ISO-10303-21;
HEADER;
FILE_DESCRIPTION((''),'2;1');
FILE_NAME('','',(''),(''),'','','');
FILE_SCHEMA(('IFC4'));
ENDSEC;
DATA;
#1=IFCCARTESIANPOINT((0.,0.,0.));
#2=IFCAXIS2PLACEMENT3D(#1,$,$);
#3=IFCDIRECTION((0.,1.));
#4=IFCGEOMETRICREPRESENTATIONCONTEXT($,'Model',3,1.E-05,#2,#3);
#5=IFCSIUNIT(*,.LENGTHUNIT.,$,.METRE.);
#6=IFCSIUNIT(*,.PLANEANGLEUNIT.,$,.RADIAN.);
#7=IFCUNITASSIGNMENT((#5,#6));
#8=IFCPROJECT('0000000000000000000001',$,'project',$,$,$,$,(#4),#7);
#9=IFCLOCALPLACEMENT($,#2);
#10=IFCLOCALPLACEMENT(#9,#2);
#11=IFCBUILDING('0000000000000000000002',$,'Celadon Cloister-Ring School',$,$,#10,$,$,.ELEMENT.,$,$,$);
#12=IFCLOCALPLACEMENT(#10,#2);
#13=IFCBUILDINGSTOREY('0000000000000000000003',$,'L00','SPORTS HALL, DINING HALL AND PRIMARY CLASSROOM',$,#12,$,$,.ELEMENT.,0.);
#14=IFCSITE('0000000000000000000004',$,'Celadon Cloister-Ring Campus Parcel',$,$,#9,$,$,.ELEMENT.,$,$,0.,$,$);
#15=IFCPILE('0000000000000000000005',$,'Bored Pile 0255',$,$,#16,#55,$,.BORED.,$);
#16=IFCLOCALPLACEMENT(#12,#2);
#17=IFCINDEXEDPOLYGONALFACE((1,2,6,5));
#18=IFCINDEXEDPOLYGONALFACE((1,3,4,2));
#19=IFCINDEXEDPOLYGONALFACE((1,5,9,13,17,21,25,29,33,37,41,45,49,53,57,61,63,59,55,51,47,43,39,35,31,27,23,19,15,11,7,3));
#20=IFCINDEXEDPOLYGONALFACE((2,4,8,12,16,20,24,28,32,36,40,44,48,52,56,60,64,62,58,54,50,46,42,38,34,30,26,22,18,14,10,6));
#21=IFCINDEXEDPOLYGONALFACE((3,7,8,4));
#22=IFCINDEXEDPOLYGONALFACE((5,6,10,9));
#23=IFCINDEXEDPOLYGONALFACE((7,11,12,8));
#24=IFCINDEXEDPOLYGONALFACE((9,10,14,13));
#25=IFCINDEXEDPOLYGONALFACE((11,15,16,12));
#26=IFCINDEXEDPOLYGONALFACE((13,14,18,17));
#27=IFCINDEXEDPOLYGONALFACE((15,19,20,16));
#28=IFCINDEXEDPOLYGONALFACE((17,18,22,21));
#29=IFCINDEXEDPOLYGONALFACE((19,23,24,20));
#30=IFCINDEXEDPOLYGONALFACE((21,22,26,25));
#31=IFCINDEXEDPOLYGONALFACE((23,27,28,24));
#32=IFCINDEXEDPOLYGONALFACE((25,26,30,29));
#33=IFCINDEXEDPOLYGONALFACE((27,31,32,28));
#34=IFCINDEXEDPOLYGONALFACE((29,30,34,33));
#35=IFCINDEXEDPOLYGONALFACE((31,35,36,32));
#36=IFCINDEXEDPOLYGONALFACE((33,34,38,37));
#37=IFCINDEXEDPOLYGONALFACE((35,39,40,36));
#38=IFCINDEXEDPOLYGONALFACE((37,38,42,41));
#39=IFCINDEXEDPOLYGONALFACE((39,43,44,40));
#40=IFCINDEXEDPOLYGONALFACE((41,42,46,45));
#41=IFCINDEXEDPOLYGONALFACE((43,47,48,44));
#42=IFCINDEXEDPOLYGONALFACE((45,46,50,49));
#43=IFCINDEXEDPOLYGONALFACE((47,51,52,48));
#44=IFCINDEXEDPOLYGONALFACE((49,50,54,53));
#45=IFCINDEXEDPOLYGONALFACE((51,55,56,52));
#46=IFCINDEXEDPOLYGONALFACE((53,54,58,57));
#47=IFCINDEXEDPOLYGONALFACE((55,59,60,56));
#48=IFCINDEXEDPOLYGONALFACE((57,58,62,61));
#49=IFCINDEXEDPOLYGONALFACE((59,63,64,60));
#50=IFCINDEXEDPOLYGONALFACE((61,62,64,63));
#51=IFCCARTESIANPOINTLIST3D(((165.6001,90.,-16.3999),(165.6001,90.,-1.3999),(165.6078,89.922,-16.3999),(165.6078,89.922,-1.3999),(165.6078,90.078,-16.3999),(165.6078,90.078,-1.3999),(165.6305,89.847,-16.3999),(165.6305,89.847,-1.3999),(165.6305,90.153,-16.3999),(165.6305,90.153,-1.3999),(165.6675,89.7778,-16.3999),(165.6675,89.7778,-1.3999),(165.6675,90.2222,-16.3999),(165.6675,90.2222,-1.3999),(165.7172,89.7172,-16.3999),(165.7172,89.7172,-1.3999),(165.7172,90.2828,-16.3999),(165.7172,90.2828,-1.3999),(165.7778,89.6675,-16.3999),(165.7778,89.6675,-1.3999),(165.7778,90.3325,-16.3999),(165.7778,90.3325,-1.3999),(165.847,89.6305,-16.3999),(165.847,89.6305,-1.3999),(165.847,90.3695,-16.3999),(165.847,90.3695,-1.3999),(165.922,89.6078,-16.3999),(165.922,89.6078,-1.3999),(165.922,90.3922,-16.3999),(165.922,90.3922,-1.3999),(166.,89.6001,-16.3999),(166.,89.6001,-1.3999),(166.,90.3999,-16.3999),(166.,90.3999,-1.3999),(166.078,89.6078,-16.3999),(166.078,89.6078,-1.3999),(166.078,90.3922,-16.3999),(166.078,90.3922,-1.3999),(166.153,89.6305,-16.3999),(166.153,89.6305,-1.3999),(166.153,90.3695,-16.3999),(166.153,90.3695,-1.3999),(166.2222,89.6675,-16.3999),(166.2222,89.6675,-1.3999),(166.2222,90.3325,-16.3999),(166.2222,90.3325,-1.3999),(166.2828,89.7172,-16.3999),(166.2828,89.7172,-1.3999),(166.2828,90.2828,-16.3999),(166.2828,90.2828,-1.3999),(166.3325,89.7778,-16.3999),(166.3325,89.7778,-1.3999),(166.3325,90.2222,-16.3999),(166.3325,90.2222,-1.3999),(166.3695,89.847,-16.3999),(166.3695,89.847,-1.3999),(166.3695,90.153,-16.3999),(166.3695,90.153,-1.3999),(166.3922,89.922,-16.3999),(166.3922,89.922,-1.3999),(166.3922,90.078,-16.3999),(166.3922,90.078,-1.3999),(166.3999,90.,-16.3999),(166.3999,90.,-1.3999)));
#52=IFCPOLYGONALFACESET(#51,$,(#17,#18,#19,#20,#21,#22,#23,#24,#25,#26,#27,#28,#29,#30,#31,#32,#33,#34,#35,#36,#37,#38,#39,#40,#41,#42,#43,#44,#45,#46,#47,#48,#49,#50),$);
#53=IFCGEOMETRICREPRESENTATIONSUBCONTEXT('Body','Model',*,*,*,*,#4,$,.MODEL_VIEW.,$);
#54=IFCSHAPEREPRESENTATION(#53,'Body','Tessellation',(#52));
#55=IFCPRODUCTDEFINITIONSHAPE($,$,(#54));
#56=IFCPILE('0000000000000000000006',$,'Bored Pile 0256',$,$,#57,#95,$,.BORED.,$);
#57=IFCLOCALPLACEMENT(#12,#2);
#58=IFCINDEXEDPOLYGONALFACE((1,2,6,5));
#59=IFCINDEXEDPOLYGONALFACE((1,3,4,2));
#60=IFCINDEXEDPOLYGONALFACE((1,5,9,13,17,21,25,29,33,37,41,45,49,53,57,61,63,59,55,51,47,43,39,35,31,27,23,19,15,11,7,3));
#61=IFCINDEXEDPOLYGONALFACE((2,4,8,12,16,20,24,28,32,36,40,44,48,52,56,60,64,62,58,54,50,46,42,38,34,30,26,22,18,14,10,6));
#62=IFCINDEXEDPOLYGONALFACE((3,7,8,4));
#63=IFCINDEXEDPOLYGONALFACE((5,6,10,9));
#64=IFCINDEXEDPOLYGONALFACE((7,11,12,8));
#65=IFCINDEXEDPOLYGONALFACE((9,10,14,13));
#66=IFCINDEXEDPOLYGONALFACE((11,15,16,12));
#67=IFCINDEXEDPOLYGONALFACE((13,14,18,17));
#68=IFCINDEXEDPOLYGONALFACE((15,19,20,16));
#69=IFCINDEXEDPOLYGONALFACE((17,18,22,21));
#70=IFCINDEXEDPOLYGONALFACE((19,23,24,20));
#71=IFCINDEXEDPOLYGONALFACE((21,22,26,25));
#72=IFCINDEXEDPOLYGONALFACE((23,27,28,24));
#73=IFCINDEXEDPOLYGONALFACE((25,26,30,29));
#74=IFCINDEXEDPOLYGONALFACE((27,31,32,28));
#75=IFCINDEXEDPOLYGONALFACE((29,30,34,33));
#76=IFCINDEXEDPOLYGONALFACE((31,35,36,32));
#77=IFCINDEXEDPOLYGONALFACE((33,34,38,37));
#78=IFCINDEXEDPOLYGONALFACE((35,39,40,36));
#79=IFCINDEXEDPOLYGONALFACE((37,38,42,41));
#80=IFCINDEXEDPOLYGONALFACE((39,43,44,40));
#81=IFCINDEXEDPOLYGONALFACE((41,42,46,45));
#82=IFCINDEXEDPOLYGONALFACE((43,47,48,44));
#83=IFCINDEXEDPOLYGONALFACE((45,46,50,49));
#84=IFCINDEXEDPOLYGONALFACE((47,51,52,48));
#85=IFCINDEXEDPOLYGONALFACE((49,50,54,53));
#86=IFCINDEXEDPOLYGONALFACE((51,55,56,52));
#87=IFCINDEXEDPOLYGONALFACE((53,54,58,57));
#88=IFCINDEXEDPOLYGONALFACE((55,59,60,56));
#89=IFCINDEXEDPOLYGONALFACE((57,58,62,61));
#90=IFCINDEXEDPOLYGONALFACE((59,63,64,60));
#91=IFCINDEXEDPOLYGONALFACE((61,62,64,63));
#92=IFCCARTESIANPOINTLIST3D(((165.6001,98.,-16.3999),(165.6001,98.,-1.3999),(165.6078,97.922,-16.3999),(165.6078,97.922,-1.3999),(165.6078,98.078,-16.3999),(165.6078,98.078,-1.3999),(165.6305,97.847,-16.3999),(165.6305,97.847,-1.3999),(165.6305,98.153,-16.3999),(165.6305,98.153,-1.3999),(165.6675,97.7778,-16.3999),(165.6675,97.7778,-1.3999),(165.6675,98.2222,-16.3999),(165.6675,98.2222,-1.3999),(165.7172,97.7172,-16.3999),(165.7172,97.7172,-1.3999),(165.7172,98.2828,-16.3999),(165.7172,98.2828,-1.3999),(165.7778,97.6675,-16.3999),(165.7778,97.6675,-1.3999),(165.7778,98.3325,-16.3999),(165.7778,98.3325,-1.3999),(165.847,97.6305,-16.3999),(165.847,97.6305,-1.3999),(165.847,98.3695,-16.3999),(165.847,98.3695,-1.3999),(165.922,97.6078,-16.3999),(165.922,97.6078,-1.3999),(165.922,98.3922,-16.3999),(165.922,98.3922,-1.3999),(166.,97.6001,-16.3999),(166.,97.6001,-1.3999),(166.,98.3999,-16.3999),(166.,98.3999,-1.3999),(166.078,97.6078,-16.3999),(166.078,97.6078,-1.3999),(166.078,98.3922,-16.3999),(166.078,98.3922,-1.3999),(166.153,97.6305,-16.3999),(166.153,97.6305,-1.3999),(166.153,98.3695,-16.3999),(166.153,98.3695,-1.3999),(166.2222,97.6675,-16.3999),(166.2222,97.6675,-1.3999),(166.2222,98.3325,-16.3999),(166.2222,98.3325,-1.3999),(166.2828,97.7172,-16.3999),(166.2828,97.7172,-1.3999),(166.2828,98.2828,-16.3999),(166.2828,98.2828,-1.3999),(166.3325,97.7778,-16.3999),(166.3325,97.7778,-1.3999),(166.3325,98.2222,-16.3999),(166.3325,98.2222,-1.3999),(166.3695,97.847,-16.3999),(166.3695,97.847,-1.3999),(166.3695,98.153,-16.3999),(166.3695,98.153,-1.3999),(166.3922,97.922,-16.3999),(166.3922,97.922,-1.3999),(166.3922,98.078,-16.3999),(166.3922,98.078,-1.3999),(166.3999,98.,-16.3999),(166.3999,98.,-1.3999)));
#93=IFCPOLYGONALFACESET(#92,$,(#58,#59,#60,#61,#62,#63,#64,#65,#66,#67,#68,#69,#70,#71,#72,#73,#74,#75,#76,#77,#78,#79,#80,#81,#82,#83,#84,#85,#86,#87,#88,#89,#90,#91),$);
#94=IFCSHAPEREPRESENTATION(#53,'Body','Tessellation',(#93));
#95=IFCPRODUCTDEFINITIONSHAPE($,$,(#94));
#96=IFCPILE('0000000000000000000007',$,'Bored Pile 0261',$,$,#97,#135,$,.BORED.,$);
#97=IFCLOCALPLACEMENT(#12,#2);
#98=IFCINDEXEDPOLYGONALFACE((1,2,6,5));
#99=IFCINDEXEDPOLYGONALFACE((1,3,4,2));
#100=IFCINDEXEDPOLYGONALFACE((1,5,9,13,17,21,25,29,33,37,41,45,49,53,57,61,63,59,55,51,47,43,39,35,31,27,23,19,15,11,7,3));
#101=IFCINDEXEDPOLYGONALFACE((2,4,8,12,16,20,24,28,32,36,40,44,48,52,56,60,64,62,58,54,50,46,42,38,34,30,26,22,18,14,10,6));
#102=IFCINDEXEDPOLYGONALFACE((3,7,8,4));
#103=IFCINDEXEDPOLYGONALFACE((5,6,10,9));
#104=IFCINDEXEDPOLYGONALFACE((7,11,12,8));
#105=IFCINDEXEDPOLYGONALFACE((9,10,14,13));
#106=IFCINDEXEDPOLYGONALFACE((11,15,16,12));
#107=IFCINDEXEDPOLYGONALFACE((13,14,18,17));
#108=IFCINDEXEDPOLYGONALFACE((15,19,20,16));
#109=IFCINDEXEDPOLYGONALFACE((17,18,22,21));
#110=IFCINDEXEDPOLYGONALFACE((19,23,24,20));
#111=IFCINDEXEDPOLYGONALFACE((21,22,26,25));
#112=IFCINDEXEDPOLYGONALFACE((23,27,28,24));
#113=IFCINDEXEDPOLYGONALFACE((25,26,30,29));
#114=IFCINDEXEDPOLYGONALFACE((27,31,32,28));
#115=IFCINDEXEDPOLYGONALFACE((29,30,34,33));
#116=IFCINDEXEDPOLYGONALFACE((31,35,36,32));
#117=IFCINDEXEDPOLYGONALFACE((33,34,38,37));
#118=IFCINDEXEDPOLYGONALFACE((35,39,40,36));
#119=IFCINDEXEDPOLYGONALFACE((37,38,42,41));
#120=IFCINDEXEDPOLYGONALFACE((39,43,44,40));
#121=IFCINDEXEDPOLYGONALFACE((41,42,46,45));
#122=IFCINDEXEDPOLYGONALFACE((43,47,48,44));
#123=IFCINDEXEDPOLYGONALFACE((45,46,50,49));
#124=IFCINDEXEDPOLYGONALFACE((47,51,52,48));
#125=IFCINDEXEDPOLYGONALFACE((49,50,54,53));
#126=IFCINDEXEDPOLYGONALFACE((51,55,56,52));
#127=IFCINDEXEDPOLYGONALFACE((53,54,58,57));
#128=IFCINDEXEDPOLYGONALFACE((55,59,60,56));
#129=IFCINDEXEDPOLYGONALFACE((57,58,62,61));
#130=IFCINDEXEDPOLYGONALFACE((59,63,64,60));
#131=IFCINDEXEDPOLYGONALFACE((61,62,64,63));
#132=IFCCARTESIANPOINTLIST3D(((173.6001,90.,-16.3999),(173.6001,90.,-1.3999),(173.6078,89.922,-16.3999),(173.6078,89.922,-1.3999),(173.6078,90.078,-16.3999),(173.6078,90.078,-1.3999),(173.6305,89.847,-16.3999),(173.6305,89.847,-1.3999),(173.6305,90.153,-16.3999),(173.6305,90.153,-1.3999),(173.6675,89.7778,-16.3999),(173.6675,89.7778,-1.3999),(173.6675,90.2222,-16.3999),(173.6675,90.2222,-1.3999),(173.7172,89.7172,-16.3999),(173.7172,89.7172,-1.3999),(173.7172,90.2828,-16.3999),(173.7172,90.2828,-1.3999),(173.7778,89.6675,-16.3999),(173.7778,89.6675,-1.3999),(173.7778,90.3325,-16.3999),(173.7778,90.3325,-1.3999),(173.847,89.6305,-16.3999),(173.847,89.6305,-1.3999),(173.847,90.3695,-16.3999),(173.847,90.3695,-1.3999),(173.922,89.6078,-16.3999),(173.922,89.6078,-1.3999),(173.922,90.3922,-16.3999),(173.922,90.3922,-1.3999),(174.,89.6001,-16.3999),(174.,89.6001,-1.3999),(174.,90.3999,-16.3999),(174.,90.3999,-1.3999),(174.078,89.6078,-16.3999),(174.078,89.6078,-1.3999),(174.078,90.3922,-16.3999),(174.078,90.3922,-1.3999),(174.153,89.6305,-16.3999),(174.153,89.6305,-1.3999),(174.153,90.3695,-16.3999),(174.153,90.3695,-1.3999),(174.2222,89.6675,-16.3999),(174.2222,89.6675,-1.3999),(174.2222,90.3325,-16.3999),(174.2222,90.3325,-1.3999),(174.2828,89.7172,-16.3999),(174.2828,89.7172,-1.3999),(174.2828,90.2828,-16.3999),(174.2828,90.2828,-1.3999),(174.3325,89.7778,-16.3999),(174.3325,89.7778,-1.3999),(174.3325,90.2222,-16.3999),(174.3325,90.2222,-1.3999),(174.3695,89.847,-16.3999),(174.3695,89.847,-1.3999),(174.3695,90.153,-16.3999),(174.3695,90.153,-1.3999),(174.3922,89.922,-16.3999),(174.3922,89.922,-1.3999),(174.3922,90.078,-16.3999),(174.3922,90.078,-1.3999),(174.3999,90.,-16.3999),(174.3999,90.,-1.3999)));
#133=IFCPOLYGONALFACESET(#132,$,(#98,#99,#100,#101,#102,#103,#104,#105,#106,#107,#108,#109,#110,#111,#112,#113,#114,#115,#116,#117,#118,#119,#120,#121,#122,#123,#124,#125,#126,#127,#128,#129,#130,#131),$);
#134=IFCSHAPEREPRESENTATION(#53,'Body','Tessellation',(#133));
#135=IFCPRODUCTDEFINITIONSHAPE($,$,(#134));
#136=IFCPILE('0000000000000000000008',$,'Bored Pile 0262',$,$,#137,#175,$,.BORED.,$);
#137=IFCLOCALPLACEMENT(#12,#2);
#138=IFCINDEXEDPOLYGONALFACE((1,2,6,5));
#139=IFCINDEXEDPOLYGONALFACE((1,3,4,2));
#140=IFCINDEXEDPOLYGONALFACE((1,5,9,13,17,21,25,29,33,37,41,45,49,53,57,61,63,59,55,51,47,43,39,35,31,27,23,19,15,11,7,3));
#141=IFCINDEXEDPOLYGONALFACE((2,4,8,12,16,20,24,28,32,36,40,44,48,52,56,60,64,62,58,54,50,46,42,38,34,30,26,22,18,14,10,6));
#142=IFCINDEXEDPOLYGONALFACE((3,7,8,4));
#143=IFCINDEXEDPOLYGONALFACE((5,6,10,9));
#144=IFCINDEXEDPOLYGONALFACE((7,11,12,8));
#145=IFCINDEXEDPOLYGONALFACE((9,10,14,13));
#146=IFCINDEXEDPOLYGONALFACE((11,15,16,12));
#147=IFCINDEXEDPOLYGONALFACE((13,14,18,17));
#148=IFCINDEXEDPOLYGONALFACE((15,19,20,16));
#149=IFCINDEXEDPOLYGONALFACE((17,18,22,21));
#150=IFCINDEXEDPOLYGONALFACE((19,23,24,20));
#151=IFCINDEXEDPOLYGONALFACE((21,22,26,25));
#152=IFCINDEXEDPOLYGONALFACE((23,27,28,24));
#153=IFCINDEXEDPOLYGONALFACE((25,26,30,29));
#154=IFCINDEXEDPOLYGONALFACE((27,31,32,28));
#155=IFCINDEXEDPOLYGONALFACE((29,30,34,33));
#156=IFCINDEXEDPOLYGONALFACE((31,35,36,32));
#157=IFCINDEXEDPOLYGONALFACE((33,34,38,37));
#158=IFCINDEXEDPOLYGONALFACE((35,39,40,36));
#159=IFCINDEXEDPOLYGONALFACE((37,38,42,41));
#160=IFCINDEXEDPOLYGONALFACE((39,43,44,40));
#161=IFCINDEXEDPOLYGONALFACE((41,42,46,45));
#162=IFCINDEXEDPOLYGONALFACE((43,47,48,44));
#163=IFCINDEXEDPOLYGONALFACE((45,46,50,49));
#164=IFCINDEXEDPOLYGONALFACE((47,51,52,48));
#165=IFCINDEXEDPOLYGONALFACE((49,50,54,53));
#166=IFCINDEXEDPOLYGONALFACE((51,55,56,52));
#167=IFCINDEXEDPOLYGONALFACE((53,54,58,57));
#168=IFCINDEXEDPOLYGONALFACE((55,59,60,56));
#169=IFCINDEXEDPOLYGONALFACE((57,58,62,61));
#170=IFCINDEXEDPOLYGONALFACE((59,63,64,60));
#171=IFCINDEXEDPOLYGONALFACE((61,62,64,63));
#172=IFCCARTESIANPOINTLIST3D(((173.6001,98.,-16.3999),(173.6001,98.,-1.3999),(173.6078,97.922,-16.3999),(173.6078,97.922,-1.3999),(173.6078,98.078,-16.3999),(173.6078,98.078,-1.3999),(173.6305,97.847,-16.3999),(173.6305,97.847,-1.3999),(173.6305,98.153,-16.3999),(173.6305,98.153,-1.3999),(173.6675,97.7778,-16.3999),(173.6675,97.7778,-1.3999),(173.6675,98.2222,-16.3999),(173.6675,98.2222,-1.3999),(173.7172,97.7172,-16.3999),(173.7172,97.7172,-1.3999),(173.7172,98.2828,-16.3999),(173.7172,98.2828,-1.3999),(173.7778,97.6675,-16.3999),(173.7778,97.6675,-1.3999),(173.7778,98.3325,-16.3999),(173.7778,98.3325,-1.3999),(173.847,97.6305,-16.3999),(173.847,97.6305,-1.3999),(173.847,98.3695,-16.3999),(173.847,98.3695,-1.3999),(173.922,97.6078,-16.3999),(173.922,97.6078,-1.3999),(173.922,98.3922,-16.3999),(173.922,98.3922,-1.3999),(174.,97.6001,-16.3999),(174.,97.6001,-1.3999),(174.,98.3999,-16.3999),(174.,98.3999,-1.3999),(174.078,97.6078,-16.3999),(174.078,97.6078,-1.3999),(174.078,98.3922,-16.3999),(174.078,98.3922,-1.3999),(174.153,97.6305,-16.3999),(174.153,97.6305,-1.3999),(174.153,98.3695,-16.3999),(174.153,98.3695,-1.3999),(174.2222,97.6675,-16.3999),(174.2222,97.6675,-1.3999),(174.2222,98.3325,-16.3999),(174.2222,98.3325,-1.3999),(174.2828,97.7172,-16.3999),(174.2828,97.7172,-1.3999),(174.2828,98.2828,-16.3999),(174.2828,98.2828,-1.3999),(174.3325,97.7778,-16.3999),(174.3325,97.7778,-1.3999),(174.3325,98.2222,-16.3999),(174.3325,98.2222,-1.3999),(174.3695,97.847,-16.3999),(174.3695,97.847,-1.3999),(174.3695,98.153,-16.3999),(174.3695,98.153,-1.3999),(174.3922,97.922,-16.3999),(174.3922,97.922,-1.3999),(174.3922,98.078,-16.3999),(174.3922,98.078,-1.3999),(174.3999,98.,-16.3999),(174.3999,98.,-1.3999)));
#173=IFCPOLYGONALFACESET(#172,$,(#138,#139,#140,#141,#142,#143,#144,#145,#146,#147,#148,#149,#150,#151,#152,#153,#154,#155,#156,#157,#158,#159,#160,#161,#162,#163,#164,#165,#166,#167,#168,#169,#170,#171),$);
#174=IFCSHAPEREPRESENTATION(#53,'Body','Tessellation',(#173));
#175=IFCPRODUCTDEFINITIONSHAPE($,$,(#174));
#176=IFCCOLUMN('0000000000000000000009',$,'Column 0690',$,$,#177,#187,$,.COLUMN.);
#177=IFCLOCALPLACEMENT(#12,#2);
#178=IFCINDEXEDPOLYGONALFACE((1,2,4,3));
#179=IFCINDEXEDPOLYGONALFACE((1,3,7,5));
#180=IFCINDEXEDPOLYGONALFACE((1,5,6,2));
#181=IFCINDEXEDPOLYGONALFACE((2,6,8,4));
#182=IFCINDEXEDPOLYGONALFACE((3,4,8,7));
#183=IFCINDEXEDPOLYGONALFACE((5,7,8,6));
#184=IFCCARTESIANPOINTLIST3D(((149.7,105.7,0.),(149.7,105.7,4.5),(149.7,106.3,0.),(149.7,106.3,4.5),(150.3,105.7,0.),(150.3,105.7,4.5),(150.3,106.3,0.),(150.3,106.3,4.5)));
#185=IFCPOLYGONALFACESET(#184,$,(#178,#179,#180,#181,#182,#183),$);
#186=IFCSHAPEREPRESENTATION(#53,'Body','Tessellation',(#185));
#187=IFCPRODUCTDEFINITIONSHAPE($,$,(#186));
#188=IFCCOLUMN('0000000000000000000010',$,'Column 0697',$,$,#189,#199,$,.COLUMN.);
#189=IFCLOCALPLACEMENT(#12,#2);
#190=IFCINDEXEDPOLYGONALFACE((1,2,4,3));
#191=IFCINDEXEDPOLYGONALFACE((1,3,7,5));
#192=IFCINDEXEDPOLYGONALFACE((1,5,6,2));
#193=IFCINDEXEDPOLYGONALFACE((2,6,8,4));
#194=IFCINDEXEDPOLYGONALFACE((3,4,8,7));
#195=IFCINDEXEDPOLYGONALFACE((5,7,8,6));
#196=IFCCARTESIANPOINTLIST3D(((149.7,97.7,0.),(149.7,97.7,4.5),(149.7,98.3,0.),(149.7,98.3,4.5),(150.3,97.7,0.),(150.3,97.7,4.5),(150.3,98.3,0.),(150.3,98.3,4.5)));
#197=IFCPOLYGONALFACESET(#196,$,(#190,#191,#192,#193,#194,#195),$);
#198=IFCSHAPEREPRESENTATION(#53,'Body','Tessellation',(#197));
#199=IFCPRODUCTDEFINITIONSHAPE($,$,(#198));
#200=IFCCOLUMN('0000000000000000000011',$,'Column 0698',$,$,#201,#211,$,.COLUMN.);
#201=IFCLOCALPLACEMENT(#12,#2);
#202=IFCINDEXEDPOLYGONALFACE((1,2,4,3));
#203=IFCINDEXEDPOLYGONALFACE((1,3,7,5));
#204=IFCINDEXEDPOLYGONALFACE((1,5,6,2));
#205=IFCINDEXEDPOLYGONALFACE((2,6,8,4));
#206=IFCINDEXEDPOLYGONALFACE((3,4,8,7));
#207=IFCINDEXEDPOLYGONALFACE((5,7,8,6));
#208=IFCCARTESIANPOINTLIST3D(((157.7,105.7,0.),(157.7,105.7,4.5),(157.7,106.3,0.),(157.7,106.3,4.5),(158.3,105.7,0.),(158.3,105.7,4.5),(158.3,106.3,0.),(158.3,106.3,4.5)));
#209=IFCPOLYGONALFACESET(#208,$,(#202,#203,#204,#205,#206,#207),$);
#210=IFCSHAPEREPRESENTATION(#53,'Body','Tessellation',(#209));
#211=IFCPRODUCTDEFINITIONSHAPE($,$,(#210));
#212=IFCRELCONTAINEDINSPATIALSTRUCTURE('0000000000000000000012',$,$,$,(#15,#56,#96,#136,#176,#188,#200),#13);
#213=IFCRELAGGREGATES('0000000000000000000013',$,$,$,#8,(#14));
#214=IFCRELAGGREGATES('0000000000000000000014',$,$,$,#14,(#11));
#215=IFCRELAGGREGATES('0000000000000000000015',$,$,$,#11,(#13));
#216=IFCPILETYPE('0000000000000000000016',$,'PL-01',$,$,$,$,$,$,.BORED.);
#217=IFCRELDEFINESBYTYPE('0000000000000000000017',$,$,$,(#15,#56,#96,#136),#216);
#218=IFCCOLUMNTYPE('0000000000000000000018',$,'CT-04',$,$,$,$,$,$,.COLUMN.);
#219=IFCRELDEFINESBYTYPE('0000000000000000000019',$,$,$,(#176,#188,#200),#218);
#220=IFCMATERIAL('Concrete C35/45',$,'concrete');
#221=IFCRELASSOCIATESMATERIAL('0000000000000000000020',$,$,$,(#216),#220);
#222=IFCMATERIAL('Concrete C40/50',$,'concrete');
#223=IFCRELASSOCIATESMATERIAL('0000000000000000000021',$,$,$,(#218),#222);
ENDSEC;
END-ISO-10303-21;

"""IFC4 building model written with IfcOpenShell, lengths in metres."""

from ifc_helpers import new_model, si_unit, direction, frame, origin, origin_2d, place, context, subcontext, project, spatial, rectangle, circle, extrude, material, material_profile, profile_set, type_object, element, save


model = new_model("IFC4")

# Units and contexts
model_context = context("Model", 3, precision=1e-05, world=origin(), true_north=direction((0.0, 1.0)))
body_context = subcontext(model_context, "Body", "Model", "MODEL_VIEW")
ifc_project = project(units=[si_unit("LENGTHUNIT", "METRE"), si_unit("PLANEANGLEUNIT", "RADIAN")], contexts=[model_context])

# Site, building, storey
site_placement = place(None, origin())
site = spatial("IfcSite", under=ifc_project, at=site_placement, Name="Celadon Cloister-Ring Campus Parcel", CompositionType="ELEMENT", RefElevation=0.0)
building_placement = place(site_placement, origin())
building = spatial("IfcBuilding", under=site, at=building_placement, Name="Celadon Cloister-Ring School", CompositionType="ELEMENT")
storey_placement = place(building_placement, origin())
storey = spatial("IfcBuildingStorey", under=building, at=storey_placement, Name="L00", Description="SPORTS HALL, DINING HALL AND PRIMARY CLASSROOM", CompositionType="ELEMENT", Elevation=0.0)

# Piles
ifc_material_1 = material(Name="Concrete C35/45", Category="concrete")
ifc_material_profile_1 = material_profile(ifc_material_1, circle(Radius=0.3999, at=origin_2d()), Name="PILE800")
ifc_profile_set_1 = profile_set([ifc_material_profile_1], Name="Concrete C35/45")
pile_type = type_object("IfcPileType", Name="PL-01", PredefinedType="BORED", material=ifc_profile_set_1)
for number, where, z_axis, x_axis, name in (
    (1, (166.0, 90.0, -1.3999), (0.0, 0.0, -1.0), (1.0, 0.0, 0.0), "Bored Pile 0255"),
    (2, (166.0, 98.0, -1.3999), (0.0, 0.0, -1.0), (1.0, 0.0, 0.0), "Bored Pile 0256"),
    (3, (174.0, 90.0, -1.3999), (0.0, 0.0, -1.0), (1.0, 0.0, 0.0), "Bored Pile 0261"),
    (4, (174.0, 98.0, -1.3999), (0.0, 0.0, -1.0), (1.0, 0.0, 0.0), "Bored Pile 0262"),
):
    element("IfcPile", number, at=place(storey_placement, frame(where, z_axis=z_axis, x_axis=x_axis)), inside=storey, type_object=pile_type, Name=name, PredefinedType="BORED", context=body_context, shape_type="SweptSolid", body=[
        extrude(circle(Radius=0.3999, at=origin_2d()), origin(), (0.0, 0.0, 1.0), 15.0),
    ])

# Columns
ifc_material_2 = material(Name="Concrete C40/50", Category="concrete")
ifc_material_profile_2 = material_profile(ifc_material_2, rectangle(XDim=0.6001, YDim=0.6001, at=origin_2d()), Name="RC600X600")
ifc_profile_set_2 = profile_set([ifc_material_profile_2], Name="Concrete C40/50")
column_type_1 = type_object("IfcColumnType", Name="CT-04", PredefinedType="COLUMN", material=ifc_profile_set_2)
for number, where, z_axis, x_axis, name in (
    (5, (150.0, 106.0, 0.0), (0.0, 0.0, 1.0), (1.0, 0.0, 0.0), "Column 0690"),
    (6, (150.0, 98.0, 0.0), (0.0, 0.0, 1.0), (1.0, 0.0, 0.0), "Column 0697"),
    (7, (158.0, 106.0, 0.0), (0.0, 0.0, 1.0), (1.0, 0.0, 0.0), "Column 0698"),
):
    element("IfcColumn", number, at=place(storey_placement, frame(where, z_axis=z_axis, x_axis=x_axis)), inside=storey, type_object=column_type_1, Name=name, PredefinedType="COLUMN", context=body_context, shape_type="SweptSolid", body=[
        extrude(rectangle(XDim=0.6001, YDim=0.6001, at=origin_2d()), origin(), (0.0, 0.0, 1.0), 4.5),
    ])

save(model, "model.ifc")
